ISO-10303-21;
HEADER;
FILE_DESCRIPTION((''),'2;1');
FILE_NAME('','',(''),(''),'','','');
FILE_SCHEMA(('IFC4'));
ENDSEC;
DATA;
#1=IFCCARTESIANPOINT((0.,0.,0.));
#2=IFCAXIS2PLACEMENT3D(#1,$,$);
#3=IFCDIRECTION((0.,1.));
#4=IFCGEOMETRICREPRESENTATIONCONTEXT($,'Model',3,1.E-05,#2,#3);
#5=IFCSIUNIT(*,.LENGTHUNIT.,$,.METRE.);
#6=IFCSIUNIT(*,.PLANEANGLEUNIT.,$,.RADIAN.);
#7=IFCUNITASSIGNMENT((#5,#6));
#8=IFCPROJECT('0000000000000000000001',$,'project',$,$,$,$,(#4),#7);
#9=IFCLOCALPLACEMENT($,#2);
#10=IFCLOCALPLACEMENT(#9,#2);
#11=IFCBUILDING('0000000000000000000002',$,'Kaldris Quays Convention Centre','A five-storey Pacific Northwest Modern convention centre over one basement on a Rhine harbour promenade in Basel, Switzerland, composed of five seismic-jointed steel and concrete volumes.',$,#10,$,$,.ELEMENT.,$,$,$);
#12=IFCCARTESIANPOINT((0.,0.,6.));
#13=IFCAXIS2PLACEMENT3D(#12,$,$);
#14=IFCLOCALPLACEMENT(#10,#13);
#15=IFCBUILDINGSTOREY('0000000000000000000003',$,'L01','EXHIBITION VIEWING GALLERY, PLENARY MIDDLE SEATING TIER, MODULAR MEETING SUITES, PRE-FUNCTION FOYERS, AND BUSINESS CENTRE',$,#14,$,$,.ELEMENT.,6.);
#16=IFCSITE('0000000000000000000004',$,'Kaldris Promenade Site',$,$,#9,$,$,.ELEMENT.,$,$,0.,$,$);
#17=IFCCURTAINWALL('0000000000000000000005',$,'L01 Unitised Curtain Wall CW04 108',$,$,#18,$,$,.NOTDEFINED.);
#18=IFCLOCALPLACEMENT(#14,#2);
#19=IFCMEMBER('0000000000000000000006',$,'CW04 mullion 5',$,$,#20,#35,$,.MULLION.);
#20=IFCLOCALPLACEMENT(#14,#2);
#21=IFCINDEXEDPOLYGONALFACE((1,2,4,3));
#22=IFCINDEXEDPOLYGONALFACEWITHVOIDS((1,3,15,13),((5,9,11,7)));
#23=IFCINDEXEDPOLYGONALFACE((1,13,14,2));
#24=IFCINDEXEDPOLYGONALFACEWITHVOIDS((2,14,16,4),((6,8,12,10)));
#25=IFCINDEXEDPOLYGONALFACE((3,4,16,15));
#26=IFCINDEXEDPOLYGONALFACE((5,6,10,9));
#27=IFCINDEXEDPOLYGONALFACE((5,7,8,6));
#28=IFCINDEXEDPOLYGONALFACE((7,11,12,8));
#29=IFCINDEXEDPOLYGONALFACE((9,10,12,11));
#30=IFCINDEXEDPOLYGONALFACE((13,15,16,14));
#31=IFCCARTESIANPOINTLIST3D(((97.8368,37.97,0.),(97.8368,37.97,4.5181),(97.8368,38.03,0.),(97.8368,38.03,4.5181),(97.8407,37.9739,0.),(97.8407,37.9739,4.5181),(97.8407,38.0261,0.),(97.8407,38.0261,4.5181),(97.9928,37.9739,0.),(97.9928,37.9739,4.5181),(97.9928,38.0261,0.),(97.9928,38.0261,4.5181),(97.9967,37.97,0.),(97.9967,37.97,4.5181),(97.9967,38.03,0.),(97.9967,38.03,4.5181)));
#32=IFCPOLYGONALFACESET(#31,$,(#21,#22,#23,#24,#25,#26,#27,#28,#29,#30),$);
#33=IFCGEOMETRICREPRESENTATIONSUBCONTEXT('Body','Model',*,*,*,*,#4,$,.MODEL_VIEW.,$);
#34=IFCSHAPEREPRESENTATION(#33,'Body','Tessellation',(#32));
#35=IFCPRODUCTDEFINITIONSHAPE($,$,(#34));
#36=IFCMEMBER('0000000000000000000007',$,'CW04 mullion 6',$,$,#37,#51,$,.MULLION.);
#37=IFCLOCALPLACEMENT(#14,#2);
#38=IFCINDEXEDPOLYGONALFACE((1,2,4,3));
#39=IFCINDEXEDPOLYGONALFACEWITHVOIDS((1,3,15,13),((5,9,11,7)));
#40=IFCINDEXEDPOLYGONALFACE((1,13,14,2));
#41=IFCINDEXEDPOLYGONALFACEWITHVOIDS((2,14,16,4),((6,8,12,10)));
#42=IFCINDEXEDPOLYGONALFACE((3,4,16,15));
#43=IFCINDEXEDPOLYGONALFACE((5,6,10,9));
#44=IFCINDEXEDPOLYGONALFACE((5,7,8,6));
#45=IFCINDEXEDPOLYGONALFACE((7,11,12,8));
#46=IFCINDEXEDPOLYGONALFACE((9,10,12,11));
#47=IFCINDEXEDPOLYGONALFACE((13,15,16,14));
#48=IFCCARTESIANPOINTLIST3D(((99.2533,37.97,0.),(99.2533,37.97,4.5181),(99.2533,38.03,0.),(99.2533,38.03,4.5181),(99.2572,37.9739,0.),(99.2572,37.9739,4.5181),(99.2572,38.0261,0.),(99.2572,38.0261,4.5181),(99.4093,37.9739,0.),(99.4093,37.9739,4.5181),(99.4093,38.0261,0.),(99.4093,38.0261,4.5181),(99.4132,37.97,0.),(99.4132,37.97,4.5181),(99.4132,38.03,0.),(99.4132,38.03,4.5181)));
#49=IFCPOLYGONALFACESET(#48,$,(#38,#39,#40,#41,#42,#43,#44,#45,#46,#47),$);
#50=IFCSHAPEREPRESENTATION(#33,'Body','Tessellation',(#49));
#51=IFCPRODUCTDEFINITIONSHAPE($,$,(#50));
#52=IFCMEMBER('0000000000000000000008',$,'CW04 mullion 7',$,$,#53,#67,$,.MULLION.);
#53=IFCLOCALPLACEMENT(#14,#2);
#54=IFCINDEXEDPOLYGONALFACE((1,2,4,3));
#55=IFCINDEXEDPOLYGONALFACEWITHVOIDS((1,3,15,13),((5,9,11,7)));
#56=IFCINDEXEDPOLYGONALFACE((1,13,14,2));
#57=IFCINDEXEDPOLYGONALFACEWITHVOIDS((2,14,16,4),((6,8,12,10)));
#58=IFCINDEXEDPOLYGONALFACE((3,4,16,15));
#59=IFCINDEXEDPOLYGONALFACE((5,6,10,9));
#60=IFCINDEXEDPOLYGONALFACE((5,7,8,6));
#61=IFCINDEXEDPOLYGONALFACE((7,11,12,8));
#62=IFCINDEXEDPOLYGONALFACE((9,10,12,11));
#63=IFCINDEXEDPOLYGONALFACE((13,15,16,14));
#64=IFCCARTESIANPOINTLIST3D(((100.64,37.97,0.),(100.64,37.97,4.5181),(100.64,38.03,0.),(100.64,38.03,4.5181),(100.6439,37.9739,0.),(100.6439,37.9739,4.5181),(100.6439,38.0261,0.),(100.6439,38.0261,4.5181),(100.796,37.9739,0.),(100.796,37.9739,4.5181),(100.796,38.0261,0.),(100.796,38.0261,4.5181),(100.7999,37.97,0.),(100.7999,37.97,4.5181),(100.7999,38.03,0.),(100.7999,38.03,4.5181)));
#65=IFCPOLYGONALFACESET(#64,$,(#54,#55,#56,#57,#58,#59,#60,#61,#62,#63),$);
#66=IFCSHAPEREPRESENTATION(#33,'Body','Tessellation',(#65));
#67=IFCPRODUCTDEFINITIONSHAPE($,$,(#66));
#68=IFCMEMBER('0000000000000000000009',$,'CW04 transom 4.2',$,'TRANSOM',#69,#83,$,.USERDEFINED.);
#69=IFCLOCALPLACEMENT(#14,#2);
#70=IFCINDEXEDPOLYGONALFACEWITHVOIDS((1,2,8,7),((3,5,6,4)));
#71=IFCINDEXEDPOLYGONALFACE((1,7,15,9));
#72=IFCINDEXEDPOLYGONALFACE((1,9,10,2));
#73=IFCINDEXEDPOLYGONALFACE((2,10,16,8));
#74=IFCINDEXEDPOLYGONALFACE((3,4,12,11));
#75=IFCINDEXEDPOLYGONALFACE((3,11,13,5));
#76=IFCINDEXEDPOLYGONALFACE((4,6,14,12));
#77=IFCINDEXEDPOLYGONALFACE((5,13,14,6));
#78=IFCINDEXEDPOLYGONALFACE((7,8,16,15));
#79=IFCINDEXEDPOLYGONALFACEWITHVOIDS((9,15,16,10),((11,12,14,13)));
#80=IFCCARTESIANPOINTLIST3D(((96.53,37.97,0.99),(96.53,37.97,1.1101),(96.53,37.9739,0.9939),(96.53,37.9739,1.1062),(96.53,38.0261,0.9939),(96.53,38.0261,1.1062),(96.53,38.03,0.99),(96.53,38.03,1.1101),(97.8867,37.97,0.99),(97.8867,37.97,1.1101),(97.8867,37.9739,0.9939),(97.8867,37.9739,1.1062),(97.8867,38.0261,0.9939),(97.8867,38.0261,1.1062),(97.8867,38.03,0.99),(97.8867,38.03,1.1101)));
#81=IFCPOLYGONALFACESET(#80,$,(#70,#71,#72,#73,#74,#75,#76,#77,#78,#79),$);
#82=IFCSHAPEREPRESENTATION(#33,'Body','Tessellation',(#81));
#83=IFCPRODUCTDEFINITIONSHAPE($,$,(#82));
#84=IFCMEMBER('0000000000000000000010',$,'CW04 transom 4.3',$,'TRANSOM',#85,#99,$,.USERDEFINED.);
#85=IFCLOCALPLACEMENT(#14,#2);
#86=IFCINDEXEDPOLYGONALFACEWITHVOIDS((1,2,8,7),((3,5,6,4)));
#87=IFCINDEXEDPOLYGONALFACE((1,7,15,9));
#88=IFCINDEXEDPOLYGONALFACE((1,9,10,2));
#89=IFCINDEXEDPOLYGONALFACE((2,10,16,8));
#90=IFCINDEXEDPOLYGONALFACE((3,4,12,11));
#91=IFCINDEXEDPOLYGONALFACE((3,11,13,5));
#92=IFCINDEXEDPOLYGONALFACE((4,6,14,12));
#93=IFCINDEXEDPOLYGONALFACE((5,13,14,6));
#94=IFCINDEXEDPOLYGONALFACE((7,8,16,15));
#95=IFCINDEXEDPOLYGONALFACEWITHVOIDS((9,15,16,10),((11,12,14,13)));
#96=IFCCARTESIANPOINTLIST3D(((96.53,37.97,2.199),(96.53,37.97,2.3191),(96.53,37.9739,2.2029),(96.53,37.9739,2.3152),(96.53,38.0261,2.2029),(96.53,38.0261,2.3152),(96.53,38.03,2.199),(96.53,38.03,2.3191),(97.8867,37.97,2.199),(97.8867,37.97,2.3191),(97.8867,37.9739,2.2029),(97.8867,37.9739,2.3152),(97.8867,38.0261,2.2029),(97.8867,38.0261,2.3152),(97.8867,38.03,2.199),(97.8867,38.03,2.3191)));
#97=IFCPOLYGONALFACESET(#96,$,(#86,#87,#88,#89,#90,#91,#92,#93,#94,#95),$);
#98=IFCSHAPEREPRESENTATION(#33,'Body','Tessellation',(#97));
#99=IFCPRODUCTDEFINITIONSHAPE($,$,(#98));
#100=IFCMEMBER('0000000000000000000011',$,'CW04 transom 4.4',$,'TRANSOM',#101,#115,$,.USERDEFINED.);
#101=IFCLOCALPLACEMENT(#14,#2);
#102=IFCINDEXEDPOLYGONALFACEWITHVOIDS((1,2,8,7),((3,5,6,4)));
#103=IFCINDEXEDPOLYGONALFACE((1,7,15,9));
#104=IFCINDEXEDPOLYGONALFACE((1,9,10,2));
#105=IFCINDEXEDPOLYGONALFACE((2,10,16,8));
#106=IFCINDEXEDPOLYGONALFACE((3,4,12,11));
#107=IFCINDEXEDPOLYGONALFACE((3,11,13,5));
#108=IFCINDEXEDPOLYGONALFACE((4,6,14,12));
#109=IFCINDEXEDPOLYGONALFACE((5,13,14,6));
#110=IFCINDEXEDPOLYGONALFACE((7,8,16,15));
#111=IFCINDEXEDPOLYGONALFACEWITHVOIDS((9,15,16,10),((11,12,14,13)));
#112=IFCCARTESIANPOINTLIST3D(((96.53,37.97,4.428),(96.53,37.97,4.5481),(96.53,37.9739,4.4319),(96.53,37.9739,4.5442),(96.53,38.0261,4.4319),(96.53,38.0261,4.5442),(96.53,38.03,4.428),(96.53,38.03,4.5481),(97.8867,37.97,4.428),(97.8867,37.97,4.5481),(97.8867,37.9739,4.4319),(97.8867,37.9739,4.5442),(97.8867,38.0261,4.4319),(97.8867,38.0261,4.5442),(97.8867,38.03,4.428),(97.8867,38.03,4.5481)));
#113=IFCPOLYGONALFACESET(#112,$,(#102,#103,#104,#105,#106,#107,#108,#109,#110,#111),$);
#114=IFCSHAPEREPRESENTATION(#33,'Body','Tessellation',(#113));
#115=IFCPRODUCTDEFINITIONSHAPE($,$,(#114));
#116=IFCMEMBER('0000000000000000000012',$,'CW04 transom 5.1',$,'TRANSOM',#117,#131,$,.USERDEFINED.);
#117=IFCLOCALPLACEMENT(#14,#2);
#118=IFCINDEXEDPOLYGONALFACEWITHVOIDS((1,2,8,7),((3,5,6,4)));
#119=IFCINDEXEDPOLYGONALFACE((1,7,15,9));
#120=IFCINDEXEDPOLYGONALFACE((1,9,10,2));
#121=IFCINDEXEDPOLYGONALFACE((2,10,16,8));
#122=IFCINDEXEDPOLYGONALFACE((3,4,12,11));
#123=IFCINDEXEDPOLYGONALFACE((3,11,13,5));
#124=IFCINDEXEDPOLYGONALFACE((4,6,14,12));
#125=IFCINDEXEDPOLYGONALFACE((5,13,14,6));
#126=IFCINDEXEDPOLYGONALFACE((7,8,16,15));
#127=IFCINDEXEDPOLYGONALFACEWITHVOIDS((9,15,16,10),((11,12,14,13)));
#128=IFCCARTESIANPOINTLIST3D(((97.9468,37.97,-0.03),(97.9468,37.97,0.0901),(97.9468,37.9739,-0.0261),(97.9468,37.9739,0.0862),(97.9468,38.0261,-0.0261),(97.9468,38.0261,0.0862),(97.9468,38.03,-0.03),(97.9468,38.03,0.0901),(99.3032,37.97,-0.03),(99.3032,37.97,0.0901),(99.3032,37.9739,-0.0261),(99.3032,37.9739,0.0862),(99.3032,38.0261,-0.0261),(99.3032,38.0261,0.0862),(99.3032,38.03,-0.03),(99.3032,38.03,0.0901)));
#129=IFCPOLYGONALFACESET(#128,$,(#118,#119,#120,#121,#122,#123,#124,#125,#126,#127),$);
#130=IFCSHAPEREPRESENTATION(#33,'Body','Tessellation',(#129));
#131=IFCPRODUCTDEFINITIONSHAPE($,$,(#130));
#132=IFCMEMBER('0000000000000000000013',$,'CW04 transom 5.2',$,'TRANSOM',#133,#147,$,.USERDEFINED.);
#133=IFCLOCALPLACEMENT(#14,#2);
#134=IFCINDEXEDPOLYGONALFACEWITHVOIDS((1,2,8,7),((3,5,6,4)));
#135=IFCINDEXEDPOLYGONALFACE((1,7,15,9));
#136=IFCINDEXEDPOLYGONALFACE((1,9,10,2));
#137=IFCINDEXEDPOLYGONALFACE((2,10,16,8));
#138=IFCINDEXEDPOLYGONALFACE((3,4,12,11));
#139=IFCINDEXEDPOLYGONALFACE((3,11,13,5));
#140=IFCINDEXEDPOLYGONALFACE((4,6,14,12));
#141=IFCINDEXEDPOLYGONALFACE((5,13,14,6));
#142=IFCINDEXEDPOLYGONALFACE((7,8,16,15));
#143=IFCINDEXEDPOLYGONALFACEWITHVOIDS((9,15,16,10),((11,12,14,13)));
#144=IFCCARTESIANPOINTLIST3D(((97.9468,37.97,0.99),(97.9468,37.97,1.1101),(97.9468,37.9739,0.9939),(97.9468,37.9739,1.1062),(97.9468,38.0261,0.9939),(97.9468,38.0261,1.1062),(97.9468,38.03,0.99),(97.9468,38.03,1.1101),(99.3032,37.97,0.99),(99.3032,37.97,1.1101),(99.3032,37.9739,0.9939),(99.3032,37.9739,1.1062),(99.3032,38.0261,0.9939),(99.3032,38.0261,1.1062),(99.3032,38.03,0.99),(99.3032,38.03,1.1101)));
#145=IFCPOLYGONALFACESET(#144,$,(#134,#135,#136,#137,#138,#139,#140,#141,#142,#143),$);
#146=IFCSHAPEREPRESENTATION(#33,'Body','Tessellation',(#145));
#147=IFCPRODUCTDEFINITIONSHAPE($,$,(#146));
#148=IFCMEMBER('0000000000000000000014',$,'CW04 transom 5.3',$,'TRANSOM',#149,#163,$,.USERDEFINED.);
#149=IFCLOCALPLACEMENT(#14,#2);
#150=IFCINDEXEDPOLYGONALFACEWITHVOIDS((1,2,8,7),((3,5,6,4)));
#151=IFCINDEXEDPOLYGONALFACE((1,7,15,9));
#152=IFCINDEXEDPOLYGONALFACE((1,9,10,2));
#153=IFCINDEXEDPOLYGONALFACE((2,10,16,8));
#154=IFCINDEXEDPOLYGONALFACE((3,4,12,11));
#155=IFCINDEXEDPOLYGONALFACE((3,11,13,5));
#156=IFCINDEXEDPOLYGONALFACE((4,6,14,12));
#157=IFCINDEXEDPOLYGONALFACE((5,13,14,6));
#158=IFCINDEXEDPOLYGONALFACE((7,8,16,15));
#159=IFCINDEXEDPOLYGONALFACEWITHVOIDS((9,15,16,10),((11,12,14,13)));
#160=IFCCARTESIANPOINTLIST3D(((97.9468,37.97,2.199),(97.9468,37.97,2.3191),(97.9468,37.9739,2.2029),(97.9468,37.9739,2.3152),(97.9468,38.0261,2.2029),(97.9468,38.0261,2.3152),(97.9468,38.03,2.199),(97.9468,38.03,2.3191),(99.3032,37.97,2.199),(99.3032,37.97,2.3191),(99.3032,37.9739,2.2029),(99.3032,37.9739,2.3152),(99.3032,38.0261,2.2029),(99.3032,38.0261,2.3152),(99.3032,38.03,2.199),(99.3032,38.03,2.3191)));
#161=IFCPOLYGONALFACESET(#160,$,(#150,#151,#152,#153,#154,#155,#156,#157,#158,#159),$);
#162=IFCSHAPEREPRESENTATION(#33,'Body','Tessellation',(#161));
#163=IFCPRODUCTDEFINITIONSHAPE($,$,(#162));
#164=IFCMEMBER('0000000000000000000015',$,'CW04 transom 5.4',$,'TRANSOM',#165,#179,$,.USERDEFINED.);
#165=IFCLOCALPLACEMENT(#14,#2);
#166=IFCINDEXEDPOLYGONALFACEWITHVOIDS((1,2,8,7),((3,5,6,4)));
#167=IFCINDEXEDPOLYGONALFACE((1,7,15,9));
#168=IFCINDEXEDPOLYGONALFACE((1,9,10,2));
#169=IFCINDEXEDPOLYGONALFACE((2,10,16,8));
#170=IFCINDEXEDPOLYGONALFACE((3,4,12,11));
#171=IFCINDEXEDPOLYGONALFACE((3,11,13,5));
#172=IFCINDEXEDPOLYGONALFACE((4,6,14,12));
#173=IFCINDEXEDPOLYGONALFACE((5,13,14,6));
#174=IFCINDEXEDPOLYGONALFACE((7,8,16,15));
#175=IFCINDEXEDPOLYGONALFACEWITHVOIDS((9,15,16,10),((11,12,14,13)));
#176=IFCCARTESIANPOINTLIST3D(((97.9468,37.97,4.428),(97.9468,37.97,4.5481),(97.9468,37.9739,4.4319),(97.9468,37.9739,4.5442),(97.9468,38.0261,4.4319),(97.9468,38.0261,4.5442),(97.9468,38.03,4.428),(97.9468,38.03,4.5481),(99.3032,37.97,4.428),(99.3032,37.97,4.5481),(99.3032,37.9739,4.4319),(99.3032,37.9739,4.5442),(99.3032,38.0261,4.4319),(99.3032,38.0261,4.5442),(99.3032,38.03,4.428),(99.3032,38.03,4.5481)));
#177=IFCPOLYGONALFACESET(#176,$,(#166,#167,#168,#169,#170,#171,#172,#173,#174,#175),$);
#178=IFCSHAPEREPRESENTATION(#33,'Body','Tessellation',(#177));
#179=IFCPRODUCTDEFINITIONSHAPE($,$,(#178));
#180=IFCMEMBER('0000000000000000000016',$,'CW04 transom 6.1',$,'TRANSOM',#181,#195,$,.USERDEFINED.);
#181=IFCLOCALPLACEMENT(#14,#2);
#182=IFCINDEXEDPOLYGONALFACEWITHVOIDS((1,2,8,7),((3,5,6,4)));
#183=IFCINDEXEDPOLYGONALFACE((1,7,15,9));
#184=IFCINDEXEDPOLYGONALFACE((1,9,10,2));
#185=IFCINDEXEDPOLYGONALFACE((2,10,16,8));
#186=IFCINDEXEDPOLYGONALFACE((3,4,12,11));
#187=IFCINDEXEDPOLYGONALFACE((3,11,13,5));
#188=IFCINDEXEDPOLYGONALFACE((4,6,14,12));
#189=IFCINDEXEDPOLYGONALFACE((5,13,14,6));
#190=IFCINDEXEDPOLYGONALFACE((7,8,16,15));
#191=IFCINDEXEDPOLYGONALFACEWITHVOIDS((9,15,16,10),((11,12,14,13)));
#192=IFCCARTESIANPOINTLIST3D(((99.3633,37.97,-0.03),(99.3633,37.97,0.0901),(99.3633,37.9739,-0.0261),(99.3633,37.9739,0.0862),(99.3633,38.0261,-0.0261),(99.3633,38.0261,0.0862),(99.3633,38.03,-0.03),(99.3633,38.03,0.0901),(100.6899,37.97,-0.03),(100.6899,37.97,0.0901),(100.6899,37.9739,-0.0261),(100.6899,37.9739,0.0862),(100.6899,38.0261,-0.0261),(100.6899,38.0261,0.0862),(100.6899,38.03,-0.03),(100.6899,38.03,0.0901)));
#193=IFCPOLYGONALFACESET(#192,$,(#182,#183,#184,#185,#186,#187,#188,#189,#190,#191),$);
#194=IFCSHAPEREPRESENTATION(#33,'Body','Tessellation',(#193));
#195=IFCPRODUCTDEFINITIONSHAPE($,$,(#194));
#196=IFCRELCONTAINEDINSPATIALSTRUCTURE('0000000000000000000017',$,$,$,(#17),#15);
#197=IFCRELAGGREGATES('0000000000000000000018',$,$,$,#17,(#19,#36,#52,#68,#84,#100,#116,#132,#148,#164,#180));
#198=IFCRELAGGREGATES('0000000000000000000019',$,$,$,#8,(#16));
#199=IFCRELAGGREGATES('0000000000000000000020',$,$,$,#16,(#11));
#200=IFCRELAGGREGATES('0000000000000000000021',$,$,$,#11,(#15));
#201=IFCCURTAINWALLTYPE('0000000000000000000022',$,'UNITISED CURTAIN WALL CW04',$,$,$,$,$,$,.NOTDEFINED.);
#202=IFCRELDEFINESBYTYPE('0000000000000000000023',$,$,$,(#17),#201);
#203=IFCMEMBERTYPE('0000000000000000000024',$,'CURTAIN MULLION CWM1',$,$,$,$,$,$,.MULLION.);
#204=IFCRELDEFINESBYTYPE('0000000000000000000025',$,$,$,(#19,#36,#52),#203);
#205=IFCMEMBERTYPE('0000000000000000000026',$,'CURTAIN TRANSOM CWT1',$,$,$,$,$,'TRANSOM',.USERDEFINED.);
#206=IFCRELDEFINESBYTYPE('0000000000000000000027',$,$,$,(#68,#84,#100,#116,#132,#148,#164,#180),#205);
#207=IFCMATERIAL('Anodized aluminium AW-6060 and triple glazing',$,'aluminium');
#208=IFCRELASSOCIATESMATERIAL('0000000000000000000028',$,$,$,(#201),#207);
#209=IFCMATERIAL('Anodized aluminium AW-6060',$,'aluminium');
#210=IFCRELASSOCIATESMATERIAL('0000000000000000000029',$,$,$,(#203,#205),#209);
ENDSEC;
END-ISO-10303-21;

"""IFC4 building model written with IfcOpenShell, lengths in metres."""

from ifc_helpers import new_model, si_unit, direction, frame, origin, origin_2d, place, context, subcontext, project, spatial, hollow_rectangle, extrude, material, material_profile, profile_set, type_object, element, aggregate, save


model = new_model("IFC4")

# Units and contexts
model_context = context("Model", 3, precision=1e-05, world=origin(), true_north=direction((0.0, 1.0)))
body_context = subcontext(model_context, "Body", "Model", "MODEL_VIEW")
ifc_project = project(units=[si_unit("LENGTHUNIT", "METRE"), si_unit("PLANEANGLEUNIT", "RADIAN")], contexts=[model_context])

# Site, building, storey
site_placement = place(None, origin())
site = spatial("IfcSite", under=ifc_project, at=site_placement, Name="Kaldris Promenade Site", CompositionType="ELEMENT", RefElevation=0.0)
building_placement = place(site_placement, origin())
building = spatial("IfcBuilding", under=site, at=building_placement, Name="Kaldris Quays Convention Centre", Description="A five-storey Pacific Northwest Modern convention centre over one basement on a Rhine harbour promenade in Basel, Switzerland, composed of five seismic-jointed steel and concrete volumes.", CompositionType="ELEMENT")
storey_placement = place(building_placement, frame((0.0, 0.0, 6.0)))
storey = spatial("IfcBuildingStorey", under=building, at=storey_placement, Name="L01", Description="EXHIBITION VIEWING GALLERY, PLENARY MIDDLE SEATING TIER, MODULAR MEETING SUITES, PRE-FUNCTION FOYERS, AND BUSINESS CENTRE", CompositionType="ELEMENT", Elevation=6.0)

# Curtain wall, members
ifc_material_1 = material(Name="Anodized aluminium AW-6060 and triple glazing", Category="aluminium")
curtain_wall_type = type_object("IfcCurtainWallType", Name="UNITISED CURTAIN WALL CW04", PredefinedType="NOTDEFINED", material=ifc_material_1)
curtain_wall_placement = place(storey_placement, origin())
curtain_wall = element("IfcCurtainWall", 1, at=curtain_wall_placement, inside=storey, type_object=curtain_wall_type, Name="L01 Unitised Curtain Wall CW04 108", PredefinedType="NOTDEFINED")
ifc_material_2 = material(Name="Anodized aluminium AW-6060", Category="aluminium")
ifc_material_profile_1 = material_profile(ifc_material_2, hollow_rectangle(XDim=0.0601, YDim=0.1599, WallThickness=0.0039, at=origin_2d()), Name="RHS 160x60x4")
ifc_profile_set_1 = profile_set([ifc_material_profile_1], Name="Anodized aluminium AW-6060")
member_type_1 = type_object("IfcMemberType", Name="CURTAIN MULLION CWM1", PredefinedType="MULLION", material=ifc_profile_set_1)
member_1_placement = place(storey_placement, frame((97.9167, 38.0, 0.0), z_axis=(0.0, 0.0, 1.0), x_axis=(0.0, 1.0, 0.0)))
member_1 = element("IfcMember", 2, at=member_1_placement, type_object=member_type_1, Name="CW04 mullion 5", PredefinedType="MULLION", context=body_context, shape_type="SweptSolid", body=[
    extrude(hollow_rectangle(XDim=0.0601, YDim=0.1599, WallThickness=0.0039, at=origin_2d()), origin(), (0.0, 0.0, 1.0), 4.5181),
])
member_2_placement = place(storey_placement, frame((99.3333, 38.0, 0.0), z_axis=(0.0, 0.0, 1.0), x_axis=(0.0, 1.0, 0.0)))
member_2 = element("IfcMember", 3, at=member_2_placement, type_object=member_type_1, Name="CW04 mullion 6", PredefinedType="MULLION", context=body_context, shape_type="SweptSolid", body=[
    extrude(hollow_rectangle(XDim=0.0601, YDim=0.1599, WallThickness=0.0039, at=origin_2d()), origin(), (0.0, 0.0, 1.0), 4.5181),
])
member_3_placement = place(storey_placement, frame((100.72, 38.0, 0.0), z_axis=(0.0, 0.0, 1.0), x_axis=(0.0, 1.0, 0.0)))
member_3 = element("IfcMember", 4, at=member_3_placement, type_object=member_type_1, Name="CW04 mullion 7", PredefinedType="MULLION", context=body_context, shape_type="SweptSolid", body=[
    extrude(hollow_rectangle(XDim=0.0601, YDim=0.1599, WallThickness=0.0039, at=origin_2d()), origin(), (0.0, 0.0, 1.0), 4.5181),
])
ifc_material_profile_2 = material_profile(ifc_material_2, hollow_rectangle(XDim=0.0601, YDim=0.1201, WallThickness=0.0039, at=origin_2d()), Name="RHS 120x60x4")
ifc_profile_set_2 = profile_set([ifc_material_profile_2], Name="Anodized aluminium AW-6060")
member_type_2 = type_object("IfcMemberType", Name="CURTAIN TRANSOM CWT1", ElementType="TRANSOM", PredefinedType="USERDEFINED", material=ifc_profile_set_2)
member_4_placement = place(storey_placement, frame((96.53, 38.0, 1.05), z_axis=(1.0, 0.0, 0.0), x_axis=(0.0, 1.0, 0.0)))
member_4 = element("IfcMember", 5, at=member_4_placement, type_object=member_type_2, Name="CW04 transom 4.2", ObjectType="TRANSOM", PredefinedType="USERDEFINED", context=body_context, shape_type="SweptSolid", body=[
    extrude(hollow_rectangle(XDim=0.0601, YDim=0.1201, WallThickness=0.0039, at=origin_2d()), origin(), (0.0, 0.0, 1.0), 1.3567),
])
member_5_placement = place(storey_placement, frame((96.53, 38.0, 2.259), z_axis=(1.0, 0.0, 0.0), x_axis=(0.0, 1.0, 0.0)))
member_5 = element("IfcMember", 6, at=member_5_placement, type_object=member_type_2, Name="CW04 transom 4.3", ObjectType="TRANSOM", PredefinedType="USERDEFINED", context=body_context, shape_type="SweptSolid", body=[
    extrude(hollow_rectangle(XDim=0.0601, YDim=0.1201, WallThickness=0.0039, at=origin_2d()), origin(), (0.0, 0.0, 1.0), 1.3567),
])
member_6_placement = place(storey_placement, frame((96.53, 38.0, 4.488), z_axis=(1.0, 0.0, 0.0), x_axis=(0.0, 1.0, 0.0)))
member_6 = element("IfcMember", 7, at=member_6_placement, type_object=member_type_2, Name="CW04 transom 4.4", ObjectType="TRANSOM", PredefinedType="USERDEFINED", context=body_context, shape_type="SweptSolid", body=[
    extrude(hollow_rectangle(XDim=0.0601, YDim=0.1201, WallThickness=0.0039, at=origin_2d()), origin(), (0.0, 0.0, 1.0), 1.3567),
])
member_7_placement = place(storey_placement, frame((97.9468, 38.0, 0.03), z_axis=(1.0, 0.0, 0.0), x_axis=(0.0, 1.0, 0.0)))
member_7 = element("IfcMember", 8, at=member_7_placement, type_object=member_type_2, Name="CW04 transom 5.1", ObjectType="TRANSOM", PredefinedType="USERDEFINED", context=body_context, shape_type="SweptSolid", body=[
    extrude(hollow_rectangle(XDim=0.0601, YDim=0.1201, WallThickness=0.0039, at=origin_2d()), origin(), (0.0, 0.0, 1.0), 1.3564),
])
member_8_placement = place(storey_placement, frame((97.9468, 38.0, 1.05), z_axis=(1.0, 0.0, 0.0), x_axis=(0.0, 1.0, 0.0)))
member_8 = element("IfcMember", 9, at=member_8_placement, type_object=member_type_2, Name="CW04 transom 5.2", ObjectType="TRANSOM", PredefinedType="USERDEFINED", context=body_context, shape_type="SweptSolid", body=[
    extrude(hollow_rectangle(XDim=0.0601, YDim=0.1201, WallThickness=0.0039, at=origin_2d()), origin(), (0.0, 0.0, 1.0), 1.3564),
])
member_9_placement = place(storey_placement, frame((97.9468, 38.0, 2.259), z_axis=(1.0, 0.0, 0.0), x_axis=(0.0, 1.0, 0.0)))
member_9 = element("IfcMember", 10, at=member_9_placement, type_object=member_type_2, Name="CW04 transom 5.3", ObjectType="TRANSOM", PredefinedType="USERDEFINED", context=body_context, shape_type="SweptSolid", body=[
    extrude(hollow_rectangle(XDim=0.0601, YDim=0.1201, WallThickness=0.0039, at=origin_2d()), origin(), (0.0, 0.0, 1.0), 1.3564),
])
member_10_placement = place(storey_placement, frame((97.9468, 38.0, 4.488), z_axis=(1.0, 0.0, 0.0), x_axis=(0.0, 1.0, 0.0)))
member_10 = element("IfcMember", 11, at=member_10_placement, type_object=member_type_2, Name="CW04 transom 5.4", ObjectType="TRANSOM", PredefinedType="USERDEFINED", context=body_context, shape_type="SweptSolid", body=[
    extrude(hollow_rectangle(XDim=0.0601, YDim=0.1201, WallThickness=0.0039, at=origin_2d()), origin(), (0.0, 0.0, 1.0), 1.3564),
])
member_11_placement = place(storey_placement, frame((99.3633, 38.0, 0.03), z_axis=(1.0, 0.0, 0.0), x_axis=(0.0, 1.0, 0.0)))
member_11 = element("IfcMember", 12, at=member_11_placement, type_object=member_type_2, Name="CW04 transom 6.1", ObjectType="TRANSOM", PredefinedType="USERDEFINED", context=body_context, shape_type="SweptSolid", body=[
    extrude(hollow_rectangle(XDim=0.0601, YDim=0.1201, WallThickness=0.0039, at=origin_2d()), origin(), (0.0, 0.0, 1.0), 1.3267),
])
aggregate(curtain_wall, [member_1, member_2, member_3, member_4, member_5, member_6, member_7, member_8, member_9, member_10, member_11])

save(model, "model.ifc")
